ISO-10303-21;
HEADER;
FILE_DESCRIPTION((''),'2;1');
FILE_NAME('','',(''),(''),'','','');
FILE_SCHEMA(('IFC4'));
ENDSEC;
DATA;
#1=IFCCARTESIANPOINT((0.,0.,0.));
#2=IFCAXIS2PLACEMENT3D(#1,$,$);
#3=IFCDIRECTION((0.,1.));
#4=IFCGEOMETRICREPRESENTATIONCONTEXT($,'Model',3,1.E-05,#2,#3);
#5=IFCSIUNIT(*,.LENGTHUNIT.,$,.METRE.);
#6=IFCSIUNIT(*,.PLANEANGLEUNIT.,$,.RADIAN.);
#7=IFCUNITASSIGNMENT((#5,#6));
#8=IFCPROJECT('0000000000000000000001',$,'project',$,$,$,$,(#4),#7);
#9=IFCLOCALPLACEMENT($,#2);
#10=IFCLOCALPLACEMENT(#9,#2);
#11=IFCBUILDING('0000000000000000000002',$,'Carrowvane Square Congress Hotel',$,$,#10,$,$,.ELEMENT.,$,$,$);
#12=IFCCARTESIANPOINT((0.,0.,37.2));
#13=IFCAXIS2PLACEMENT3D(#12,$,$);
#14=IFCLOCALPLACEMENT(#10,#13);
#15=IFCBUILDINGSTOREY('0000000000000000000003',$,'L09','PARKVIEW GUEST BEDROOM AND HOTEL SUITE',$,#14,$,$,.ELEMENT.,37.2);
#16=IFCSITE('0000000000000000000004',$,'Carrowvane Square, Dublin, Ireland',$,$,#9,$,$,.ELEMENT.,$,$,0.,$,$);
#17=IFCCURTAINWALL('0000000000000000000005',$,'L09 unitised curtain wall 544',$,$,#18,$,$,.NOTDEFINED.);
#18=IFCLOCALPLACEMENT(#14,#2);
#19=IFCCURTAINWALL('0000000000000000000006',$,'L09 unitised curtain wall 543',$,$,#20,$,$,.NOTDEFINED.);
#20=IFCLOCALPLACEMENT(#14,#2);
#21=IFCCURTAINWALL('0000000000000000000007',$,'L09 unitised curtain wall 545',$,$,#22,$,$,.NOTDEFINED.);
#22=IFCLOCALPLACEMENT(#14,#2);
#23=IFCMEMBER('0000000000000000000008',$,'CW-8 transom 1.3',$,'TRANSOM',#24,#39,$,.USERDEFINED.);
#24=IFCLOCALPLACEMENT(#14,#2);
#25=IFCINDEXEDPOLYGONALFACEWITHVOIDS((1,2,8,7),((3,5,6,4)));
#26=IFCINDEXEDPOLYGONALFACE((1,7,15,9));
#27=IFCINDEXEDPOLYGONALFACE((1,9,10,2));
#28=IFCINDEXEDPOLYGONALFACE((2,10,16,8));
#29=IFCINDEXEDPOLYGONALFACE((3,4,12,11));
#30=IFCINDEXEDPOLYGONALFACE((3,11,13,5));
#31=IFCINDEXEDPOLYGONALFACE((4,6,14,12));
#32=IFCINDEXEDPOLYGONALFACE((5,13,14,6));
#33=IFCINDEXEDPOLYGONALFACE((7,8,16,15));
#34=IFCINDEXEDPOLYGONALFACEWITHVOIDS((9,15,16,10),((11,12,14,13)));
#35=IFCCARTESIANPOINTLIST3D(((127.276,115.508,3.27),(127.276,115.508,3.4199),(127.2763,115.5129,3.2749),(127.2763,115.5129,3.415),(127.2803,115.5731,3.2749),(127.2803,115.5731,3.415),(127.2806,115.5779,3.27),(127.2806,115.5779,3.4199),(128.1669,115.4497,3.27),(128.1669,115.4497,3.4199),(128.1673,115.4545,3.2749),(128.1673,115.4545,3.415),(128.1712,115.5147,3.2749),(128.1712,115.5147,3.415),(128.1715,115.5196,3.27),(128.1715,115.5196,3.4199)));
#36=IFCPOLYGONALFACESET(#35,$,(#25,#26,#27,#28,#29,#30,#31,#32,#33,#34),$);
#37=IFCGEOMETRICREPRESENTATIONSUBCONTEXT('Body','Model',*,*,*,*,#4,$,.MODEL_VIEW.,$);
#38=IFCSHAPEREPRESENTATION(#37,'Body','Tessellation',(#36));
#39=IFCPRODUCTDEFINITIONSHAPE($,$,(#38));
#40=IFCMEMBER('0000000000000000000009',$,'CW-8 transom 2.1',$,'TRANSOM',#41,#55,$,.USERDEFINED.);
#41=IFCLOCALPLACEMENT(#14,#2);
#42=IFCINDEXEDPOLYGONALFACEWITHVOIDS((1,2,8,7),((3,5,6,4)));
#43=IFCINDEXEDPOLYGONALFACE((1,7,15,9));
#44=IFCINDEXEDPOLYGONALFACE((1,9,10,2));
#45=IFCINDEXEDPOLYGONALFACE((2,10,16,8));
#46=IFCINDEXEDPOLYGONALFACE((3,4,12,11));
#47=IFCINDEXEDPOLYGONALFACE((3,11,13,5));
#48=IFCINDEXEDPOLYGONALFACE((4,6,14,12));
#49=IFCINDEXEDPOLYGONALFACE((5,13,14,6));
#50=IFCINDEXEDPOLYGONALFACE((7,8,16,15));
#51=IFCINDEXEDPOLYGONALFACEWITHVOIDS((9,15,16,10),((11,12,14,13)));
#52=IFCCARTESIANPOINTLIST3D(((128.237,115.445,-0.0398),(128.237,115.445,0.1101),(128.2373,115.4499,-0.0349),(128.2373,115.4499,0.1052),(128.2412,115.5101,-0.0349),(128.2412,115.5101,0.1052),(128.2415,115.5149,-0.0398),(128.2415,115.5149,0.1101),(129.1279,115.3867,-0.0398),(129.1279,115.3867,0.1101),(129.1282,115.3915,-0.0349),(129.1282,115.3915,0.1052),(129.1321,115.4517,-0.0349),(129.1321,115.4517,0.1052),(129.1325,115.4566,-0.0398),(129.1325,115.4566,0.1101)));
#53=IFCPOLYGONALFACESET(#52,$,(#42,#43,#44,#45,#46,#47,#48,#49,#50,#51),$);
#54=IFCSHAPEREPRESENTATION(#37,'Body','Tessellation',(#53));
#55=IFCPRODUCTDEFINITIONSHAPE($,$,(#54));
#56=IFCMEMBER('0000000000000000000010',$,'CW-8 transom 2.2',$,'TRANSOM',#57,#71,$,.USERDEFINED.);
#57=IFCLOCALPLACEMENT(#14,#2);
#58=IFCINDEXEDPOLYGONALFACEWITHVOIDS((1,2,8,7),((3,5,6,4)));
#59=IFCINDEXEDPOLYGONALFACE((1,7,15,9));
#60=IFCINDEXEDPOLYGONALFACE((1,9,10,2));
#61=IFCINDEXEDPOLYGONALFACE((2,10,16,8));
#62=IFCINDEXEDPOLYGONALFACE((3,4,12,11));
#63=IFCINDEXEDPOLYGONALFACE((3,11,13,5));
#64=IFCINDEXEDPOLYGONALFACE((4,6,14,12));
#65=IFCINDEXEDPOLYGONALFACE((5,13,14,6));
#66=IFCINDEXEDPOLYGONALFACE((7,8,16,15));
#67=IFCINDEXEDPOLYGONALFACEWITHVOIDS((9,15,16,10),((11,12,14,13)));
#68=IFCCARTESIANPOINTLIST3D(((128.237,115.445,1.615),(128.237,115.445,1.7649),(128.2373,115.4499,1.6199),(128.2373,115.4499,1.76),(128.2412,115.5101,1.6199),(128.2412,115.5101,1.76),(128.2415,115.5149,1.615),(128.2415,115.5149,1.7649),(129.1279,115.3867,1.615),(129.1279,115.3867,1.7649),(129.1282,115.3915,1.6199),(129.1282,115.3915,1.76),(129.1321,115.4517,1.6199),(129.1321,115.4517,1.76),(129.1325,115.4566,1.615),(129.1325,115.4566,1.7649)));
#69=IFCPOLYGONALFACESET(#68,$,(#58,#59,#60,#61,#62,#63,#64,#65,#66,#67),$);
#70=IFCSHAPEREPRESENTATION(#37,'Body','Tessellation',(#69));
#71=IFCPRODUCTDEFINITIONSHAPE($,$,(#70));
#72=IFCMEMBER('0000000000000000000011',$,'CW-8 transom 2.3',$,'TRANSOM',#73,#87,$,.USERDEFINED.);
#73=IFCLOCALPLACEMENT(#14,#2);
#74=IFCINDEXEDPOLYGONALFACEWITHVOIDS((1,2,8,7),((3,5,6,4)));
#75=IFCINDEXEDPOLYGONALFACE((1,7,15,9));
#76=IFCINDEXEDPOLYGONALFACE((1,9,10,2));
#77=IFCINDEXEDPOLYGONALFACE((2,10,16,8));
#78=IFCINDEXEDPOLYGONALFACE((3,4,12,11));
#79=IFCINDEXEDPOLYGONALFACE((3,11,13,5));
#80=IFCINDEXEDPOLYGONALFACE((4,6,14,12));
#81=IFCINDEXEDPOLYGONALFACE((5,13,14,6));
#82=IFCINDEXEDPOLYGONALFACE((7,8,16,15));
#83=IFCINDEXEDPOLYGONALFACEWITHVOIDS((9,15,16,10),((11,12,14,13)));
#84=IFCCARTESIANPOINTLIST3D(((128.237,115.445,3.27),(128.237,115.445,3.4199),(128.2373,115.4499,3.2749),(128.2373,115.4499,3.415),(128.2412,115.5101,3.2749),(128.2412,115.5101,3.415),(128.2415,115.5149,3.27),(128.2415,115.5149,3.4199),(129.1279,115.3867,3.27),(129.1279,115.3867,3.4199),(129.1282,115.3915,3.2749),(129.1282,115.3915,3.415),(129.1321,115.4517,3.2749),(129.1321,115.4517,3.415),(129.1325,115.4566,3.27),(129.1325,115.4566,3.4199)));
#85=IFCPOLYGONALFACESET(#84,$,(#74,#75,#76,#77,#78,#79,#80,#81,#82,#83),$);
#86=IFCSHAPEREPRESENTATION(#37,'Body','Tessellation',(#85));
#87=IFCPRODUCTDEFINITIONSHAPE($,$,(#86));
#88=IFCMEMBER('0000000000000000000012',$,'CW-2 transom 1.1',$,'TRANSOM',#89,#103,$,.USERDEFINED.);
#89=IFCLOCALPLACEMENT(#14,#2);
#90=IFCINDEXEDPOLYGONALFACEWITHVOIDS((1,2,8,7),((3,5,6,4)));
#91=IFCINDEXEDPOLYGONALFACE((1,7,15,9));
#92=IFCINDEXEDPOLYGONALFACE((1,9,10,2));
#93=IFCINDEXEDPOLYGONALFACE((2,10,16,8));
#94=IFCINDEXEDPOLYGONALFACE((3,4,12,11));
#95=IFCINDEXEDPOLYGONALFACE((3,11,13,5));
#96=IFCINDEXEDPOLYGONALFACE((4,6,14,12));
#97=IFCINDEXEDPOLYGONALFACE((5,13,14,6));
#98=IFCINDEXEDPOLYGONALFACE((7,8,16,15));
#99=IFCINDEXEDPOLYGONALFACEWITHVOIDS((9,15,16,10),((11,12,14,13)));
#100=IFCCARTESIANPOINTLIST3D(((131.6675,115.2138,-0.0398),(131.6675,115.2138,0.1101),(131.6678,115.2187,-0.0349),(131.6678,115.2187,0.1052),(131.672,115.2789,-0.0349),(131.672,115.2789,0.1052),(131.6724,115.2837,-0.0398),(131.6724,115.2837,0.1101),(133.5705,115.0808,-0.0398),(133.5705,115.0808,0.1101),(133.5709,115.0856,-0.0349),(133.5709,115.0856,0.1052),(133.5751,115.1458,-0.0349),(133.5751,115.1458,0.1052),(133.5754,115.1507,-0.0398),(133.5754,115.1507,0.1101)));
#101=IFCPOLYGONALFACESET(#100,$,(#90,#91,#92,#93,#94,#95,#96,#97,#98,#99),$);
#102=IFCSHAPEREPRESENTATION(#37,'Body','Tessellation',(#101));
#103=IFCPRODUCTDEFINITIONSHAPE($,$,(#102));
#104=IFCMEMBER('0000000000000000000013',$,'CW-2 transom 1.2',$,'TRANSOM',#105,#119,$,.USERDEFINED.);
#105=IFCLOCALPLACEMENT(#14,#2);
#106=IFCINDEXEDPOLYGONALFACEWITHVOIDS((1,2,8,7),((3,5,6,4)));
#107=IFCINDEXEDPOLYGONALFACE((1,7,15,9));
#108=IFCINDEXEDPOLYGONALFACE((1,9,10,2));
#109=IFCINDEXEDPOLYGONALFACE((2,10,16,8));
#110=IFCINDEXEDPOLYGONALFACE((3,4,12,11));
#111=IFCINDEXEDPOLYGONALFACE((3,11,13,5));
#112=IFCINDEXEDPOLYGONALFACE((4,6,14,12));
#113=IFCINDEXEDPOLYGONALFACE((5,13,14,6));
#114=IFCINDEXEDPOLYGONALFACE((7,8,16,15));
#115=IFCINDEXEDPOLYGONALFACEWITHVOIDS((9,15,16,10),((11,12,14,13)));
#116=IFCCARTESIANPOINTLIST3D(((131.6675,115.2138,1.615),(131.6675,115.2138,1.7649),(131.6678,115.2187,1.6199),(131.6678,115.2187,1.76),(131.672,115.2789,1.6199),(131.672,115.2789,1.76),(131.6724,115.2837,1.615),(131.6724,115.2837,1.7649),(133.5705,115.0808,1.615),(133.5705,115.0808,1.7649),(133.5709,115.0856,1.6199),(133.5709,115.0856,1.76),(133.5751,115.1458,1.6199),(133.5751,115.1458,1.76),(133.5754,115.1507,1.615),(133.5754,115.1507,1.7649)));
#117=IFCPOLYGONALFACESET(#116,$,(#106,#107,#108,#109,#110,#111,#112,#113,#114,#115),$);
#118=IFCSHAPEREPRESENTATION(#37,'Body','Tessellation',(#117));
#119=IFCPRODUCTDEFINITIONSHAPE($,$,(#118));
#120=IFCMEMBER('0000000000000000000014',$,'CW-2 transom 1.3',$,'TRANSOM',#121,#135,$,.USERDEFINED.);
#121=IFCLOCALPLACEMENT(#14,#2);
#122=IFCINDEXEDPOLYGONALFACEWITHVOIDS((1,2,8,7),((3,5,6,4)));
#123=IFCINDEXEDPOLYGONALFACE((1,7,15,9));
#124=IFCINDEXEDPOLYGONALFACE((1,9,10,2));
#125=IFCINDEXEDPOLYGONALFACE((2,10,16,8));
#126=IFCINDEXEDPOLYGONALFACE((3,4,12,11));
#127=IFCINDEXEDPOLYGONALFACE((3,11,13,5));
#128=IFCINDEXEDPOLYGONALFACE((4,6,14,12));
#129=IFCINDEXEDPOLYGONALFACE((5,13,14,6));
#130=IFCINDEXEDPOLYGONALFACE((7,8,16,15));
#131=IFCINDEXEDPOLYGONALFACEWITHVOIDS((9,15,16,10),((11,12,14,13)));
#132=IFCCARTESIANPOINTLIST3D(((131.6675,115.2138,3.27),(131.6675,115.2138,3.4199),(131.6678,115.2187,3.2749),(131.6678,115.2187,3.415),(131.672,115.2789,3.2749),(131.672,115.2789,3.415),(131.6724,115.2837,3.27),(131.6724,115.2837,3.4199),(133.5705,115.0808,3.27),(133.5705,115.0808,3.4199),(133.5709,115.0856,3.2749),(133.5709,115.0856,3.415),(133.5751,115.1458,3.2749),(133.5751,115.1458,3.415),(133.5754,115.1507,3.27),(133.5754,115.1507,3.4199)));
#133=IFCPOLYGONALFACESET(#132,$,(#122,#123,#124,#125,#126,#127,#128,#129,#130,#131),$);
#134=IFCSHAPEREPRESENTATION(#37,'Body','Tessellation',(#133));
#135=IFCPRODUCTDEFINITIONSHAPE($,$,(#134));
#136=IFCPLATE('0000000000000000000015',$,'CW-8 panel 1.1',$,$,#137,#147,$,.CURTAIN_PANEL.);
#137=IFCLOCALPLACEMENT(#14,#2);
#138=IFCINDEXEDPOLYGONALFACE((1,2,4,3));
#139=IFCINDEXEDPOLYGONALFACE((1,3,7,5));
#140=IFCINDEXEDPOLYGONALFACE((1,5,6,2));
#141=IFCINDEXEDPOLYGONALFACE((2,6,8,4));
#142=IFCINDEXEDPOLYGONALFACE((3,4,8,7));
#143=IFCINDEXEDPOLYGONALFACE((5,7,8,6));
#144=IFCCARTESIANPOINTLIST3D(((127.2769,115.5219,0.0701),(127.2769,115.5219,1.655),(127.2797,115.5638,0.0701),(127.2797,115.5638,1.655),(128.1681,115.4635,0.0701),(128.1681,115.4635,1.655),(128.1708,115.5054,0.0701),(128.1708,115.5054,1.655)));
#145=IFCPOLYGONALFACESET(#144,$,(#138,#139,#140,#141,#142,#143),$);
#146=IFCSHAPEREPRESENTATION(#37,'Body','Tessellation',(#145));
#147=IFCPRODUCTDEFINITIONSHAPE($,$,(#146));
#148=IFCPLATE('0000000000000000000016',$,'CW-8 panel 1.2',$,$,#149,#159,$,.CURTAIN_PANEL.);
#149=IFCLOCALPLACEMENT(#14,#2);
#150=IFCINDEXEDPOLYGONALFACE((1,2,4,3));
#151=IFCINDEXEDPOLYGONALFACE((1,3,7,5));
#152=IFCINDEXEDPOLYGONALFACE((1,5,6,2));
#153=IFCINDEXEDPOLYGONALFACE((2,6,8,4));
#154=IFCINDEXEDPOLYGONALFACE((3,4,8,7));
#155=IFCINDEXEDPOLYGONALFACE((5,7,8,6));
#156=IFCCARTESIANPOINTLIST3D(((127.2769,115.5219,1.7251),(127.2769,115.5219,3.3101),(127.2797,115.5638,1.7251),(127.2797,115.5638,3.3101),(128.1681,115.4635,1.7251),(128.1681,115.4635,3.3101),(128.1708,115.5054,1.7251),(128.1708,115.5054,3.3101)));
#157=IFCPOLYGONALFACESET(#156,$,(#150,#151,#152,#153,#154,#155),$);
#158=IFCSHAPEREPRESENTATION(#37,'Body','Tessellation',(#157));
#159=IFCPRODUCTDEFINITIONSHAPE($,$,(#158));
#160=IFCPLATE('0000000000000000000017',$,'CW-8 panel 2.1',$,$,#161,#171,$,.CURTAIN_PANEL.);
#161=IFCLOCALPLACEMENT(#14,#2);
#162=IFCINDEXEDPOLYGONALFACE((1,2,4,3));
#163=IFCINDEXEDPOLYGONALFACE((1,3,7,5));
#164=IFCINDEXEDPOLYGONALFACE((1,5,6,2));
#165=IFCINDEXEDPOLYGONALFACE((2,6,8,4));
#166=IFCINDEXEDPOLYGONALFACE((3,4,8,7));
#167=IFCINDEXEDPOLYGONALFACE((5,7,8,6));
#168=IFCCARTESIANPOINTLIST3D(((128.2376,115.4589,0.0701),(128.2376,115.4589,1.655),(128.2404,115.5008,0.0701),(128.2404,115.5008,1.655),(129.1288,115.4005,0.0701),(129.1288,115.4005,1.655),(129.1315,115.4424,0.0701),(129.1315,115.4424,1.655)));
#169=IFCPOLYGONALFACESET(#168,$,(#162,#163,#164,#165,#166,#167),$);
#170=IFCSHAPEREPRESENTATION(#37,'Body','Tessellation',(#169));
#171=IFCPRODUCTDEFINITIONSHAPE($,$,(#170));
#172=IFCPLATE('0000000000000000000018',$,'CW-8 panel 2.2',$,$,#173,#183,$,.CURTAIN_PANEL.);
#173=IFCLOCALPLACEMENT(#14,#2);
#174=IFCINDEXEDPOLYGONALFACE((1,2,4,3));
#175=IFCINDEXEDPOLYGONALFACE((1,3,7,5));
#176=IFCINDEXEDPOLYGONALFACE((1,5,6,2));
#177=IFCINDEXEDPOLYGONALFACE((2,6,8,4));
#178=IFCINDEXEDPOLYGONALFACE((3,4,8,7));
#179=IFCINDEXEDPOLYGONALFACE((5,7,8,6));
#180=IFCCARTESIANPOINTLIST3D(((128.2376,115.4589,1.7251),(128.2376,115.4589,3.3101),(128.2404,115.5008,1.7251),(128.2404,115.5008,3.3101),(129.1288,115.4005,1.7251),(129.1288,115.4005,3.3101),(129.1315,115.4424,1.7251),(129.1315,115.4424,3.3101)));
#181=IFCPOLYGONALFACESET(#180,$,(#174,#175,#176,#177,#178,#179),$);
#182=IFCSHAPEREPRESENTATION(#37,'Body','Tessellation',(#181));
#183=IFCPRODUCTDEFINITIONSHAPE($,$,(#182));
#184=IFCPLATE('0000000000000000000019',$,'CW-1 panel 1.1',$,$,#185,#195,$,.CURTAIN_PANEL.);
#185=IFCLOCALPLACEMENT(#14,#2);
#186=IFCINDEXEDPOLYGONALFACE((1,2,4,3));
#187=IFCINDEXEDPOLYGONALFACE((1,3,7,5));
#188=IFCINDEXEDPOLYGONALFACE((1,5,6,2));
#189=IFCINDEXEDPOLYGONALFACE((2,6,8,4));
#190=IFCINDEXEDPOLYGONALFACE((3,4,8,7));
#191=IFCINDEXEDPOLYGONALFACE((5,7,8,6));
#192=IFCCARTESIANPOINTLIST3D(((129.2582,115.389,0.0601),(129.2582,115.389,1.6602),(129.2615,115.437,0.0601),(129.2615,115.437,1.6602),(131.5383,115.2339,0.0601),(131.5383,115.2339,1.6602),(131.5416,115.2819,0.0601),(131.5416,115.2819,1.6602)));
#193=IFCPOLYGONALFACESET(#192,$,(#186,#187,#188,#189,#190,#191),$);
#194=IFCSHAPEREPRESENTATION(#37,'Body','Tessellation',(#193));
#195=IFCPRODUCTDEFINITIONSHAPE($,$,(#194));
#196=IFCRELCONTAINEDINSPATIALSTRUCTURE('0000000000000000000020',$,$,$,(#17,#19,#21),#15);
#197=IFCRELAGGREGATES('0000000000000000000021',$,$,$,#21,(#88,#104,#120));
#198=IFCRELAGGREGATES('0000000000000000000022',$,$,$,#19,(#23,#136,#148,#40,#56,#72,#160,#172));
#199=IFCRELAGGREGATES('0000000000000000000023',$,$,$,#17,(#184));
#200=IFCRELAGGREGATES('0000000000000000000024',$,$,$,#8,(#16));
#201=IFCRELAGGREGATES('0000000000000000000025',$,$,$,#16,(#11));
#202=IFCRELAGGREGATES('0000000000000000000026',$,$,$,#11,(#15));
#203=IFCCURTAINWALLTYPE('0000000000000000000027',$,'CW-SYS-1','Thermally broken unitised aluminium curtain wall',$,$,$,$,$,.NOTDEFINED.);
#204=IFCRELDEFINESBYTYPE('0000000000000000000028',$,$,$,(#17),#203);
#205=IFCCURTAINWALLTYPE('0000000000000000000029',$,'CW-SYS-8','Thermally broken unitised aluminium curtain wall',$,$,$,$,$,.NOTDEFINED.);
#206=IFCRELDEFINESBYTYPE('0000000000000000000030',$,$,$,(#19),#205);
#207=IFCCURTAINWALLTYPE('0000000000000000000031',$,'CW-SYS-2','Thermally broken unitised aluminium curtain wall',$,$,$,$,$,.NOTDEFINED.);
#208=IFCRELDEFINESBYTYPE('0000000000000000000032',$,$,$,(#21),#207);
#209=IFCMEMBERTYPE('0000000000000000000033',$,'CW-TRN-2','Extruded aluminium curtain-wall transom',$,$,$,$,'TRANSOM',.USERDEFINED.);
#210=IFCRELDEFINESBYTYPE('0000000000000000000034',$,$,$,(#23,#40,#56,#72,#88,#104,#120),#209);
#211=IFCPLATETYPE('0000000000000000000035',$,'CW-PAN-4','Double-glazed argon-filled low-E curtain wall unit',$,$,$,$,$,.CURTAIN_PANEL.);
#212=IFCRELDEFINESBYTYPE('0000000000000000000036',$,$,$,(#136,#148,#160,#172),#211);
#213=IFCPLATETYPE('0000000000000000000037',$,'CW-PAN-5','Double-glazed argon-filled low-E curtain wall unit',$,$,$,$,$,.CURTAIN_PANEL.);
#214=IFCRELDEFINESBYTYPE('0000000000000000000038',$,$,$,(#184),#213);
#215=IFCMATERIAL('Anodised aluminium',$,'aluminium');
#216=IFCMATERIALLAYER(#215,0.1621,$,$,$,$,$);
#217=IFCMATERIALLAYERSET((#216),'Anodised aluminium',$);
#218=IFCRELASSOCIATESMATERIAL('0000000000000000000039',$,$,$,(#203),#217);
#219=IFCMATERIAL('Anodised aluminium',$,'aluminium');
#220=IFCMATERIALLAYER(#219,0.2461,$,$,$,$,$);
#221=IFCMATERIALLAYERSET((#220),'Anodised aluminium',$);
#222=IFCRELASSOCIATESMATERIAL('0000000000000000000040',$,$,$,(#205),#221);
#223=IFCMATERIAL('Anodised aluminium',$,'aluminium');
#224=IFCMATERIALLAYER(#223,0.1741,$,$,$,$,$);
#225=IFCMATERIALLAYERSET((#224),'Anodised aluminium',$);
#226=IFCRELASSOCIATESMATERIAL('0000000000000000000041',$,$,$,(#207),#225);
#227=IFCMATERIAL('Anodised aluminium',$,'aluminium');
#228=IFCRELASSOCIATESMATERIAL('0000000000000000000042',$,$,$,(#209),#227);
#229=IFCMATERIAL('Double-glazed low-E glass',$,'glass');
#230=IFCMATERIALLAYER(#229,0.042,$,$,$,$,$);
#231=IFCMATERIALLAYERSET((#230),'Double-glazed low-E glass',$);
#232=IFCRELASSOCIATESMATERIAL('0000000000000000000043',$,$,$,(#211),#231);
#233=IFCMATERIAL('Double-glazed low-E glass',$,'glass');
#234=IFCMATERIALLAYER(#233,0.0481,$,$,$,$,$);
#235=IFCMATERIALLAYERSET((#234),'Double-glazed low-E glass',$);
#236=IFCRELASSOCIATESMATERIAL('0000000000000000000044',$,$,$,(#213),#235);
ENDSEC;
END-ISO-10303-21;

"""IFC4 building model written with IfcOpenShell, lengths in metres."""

from ifc_helpers import new_model, si_unit, direction, frame, origin, origin_2d, place, context, subcontext, project, spatial, rectangle, hollow_rectangle, extrude, material, layer, layer_set, material_profile, profile_set, type_object, element, aggregate, save


model = new_model("IFC4")

# Units and contexts
model_context = context("Model", 3, precision=1e-05, world=origin(), true_north=direction((0.0, 1.0)))
body_context = subcontext(model_context, "Body", "Model", "MODEL_VIEW")
ifc_project = project(units=[si_unit("LENGTHUNIT", "METRE"), si_unit("PLANEANGLEUNIT", "RADIAN")], contexts=[model_context])

# Site, building, storey
site_placement = place(None, origin())
site = spatial("IfcSite", under=ifc_project, at=site_placement, Name="Carrowvane Square, Dublin, Ireland", CompositionType="ELEMENT", RefElevation=0.0)
building_placement = place(site_placement, origin())
building = spatial("IfcBuilding", under=site, at=building_placement, Name="Carrowvane Square Congress Hotel", CompositionType="ELEMENT")
storey_placement = place(building_placement, frame((0.0, 0.0, 37.2)))
storey = spatial("IfcBuildingStorey", under=building, at=storey_placement, Name="L09", Description="PARKVIEW GUEST BEDROOM AND HOTEL SUITE", CompositionType="ELEMENT", Elevation=37.2)

# Curtain walls
ifc_material_1 = material(Name="Anodised aluminium", Category="aluminium")
ifc_layer_1 = layer(ifc_material_1, 0.1621)
ifc_layer_set_1 = layer_set([ifc_layer_1], Name="Anodised aluminium")
curtain_wall_type_1 = type_object("IfcCurtainWallType", Name="CW-SYS-1", Description="Thermally broken unitised aluminium curtain wall", PredefinedType="NOTDEFINED", material=ifc_layer_set_1)
curtain_wall_1_placement = place(storey_placement, origin())
curtain_wall_1 = element("IfcCurtainWall", 1, at=curtain_wall_1_placement, inside=storey, type_object=curtain_wall_type_1, Name="L09 unitised curtain wall 544", PredefinedType="NOTDEFINED")
ifc_material_2 = material(Name="Anodised aluminium", Category="aluminium")
ifc_layer_2 = layer(ifc_material_2, 0.2461)
ifc_layer_set_2 = layer_set([ifc_layer_2], Name="Anodised aluminium")
curtain_wall_type_2 = type_object("IfcCurtainWallType", Name="CW-SYS-8", Description="Thermally broken unitised aluminium curtain wall", PredefinedType="NOTDEFINED", material=ifc_layer_set_2)
curtain_wall_2_placement = place(storey_placement, origin())
curtain_wall_2 = element("IfcCurtainWall", 2, at=curtain_wall_2_placement, inside=storey, type_object=curtain_wall_type_2, Name="L09 unitised curtain wall 543", PredefinedType="NOTDEFINED")

# Curtain wall
ifc_material_3 = material(Name="Anodised aluminium", Category="aluminium")
ifc_layer_3 = layer(ifc_material_3, 0.1741)
ifc_layer_set_3 = layer_set([ifc_layer_3], Name="Anodised aluminium")
curtain_wall_type_3 = type_object("IfcCurtainWallType", Name="CW-SYS-2", Description="Thermally broken unitised aluminium curtain wall", PredefinedType="NOTDEFINED", material=ifc_layer_set_3)
curtain_wall_3_placement = place(storey_placement, origin())
curtain_wall_3 = element("IfcCurtainWall", 3, at=curtain_wall_3_placement, inside=storey, type_object=curtain_wall_type_3, Name="L09 unitised curtain wall 545", PredefinedType="NOTDEFINED")

# Members
ifc_material_4 = material(Name="Anodised aluminium", Category="aluminium")
ifc_material_profile_1 = material_profile(ifc_material_4, hollow_rectangle(XDim=0.0701, YDim=0.1499, WallThickness=0.0049, at=origin_2d()), Name="CW-TR 70x150x5")
ifc_profile_set_1 = profile_set([ifc_material_profile_1], Name="Anodised aluminium")
member_type_1 = type_object("IfcMemberType", Name="CW-TRN-2", Description="Extruded aluminium curtain-wall transom", ElementType="TRANSOM", PredefinedType="USERDEFINED", material=ifc_profile_set_1)
member_1_placement = place(storey_placement, frame((127.2783, 115.543, 3.345), z_axis=(0.997862, -0.065357, 0.0), x_axis=(0.065357, 0.997862, 0.0)))
member_1 = element("IfcMember", 4, at=member_1_placement, type_object=member_type_1, Name="CW-8 transom 1.3", ObjectType="TRANSOM", PredefinedType="USERDEFINED", context=body_context, shape_type="SweptSolid", body=[
    extrude(hollow_rectangle(XDim=0.0701, YDim=0.1499, WallThickness=0.0049, at=origin_2d()), origin(), (0.0, 0.0, 1.0), 0.8928),
])
member_2_placement = place(storey_placement, frame((128.2393, 115.48, 0.0352), z_axis=(0.997862, -0.065357, 0.0), x_axis=(0.065357, 0.997862, 0.0)))
member_2 = element("IfcMember", 5, at=member_2_placement, type_object=member_type_1, Name="CW-8 transom 2.1", ObjectType="TRANSOM", PredefinedType="USERDEFINED", context=body_context, shape_type="SweptSolid", body=[
    extrude(hollow_rectangle(XDim=0.0701, YDim=0.1499, WallThickness=0.0049, at=origin_2d()), origin(), (0.0, 0.0, 1.0), 0.8928),
])
member_3_placement = place(storey_placement, frame((128.2393, 115.48, 1.6899), z_axis=(0.997862, -0.065357, 0.0), x_axis=(0.065357, 0.997862, 0.0)))
member_3 = element("IfcMember", 6, at=member_3_placement, type_object=member_type_1, Name="CW-8 transom 2.2", ObjectType="TRANSOM", PredefinedType="USERDEFINED", context=body_context, shape_type="SweptSolid", body=[
    extrude(hollow_rectangle(XDim=0.0701, YDim=0.1499, WallThickness=0.0049, at=origin_2d()), origin(), (0.0, 0.0, 1.0), 0.8928),
])
member_4_placement = place(storey_placement, frame((128.2393, 115.48, 3.345), z_axis=(0.997862, -0.065357, 0.0), x_axis=(0.065357, 0.997862, 0.0)))
member_4 = element("IfcMember", 7, at=member_4_placement, type_object=member_type_1, Name="CW-8 transom 2.3", ObjectType="TRANSOM", PredefinedType="USERDEFINED", context=body_context, shape_type="SweptSolid", body=[
    extrude(hollow_rectangle(XDim=0.0701, YDim=0.1499, WallThickness=0.0049, at=origin_2d()), origin(), (0.0, 0.0, 1.0), 0.8928),
])
member_5_placement = place(storey_placement, frame((131.6699, 115.2488, 0.0352), z_axis=(0.997565, -0.069746, 0.0), x_axis=(0.069746, 0.997565, 0.0)))
member_5 = element("IfcMember", 8, at=member_5_placement, type_object=member_type_1, Name="CW-2 transom 1.1", ObjectType="TRANSOM", PredefinedType="USERDEFINED", context=body_context, shape_type="SweptSolid", body=[
    extrude(hollow_rectangle(XDim=0.0701, YDim=0.1499, WallThickness=0.0049, at=origin_2d()), origin(), (0.0, 0.0, 1.0), 1.9077),
])
member_6_placement = place(storey_placement, frame((131.6699, 115.2488, 1.6899), z_axis=(0.997565, -0.069746, 0.0), x_axis=(0.069746, 0.997565, 0.0)))
member_6 = element("IfcMember", 9, at=member_6_placement, type_object=member_type_1, Name="CW-2 transom 1.2", ObjectType="TRANSOM", PredefinedType="USERDEFINED", context=body_context, shape_type="SweptSolid", body=[
    extrude(hollow_rectangle(XDim=0.0701, YDim=0.1499, WallThickness=0.0049, at=origin_2d()), origin(), (0.0, 0.0, 1.0), 1.9077),
])
member_7_placement = place(storey_placement, frame((131.6699, 115.2488, 3.345), z_axis=(0.997565, -0.069746, 0.0), x_axis=(0.069746, 0.997565, 0.0)))
member_7 = element("IfcMember", 10, at=member_7_placement, type_object=member_type_1, Name="CW-2 transom 1.3", ObjectType="TRANSOM", PredefinedType="USERDEFINED", context=body_context, shape_type="SweptSolid", body=[
    extrude(hollow_rectangle(XDim=0.0701, YDim=0.1499, WallThickness=0.0049, at=origin_2d()), origin(), (0.0, 0.0, 1.0), 1.9077),
])
aggregate(curtain_wall_3, [member_5, member_6, member_7])

# Plates
ifc_material_5 = material(Name="Double-glazed low-E glass", Category="glass")
ifc_layer_4 = layer(ifc_material_5, 0.042)
ifc_layer_set_4 = layer_set([ifc_layer_4], Name="Double-glazed low-E glass")
plate_type_1 = type_object("IfcPlateType", Name="CW-PAN-4", Description="Double-glazed argon-filled low-E curtain wall unit", PredefinedType="CURTAIN_PANEL", material=ifc_layer_set_4)
plate_1_placement = place(storey_placement, frame((127.7239, 115.5137, 0.0701), z_axis=(0.0, 0.0, 1.0), x_axis=(0.997858, -0.065414, 0.0)))
plate_1 = element("IfcPlate", 11, at=plate_1_placement, type_object=plate_type_1, Name="CW-8 panel 1.1", PredefinedType="CURTAIN_PANEL", context=body_context, shape_type="SweptSolid", body=[
    extrude(rectangle(XDim=0.8931, YDim=0.042, at=origin_2d()), origin(), (0.0, 0.0, 1.0), 1.585),
])
plate_2_placement = place(storey_placement, frame((127.7239, 115.5137, 1.7251), z_axis=(0.0, 0.0, 1.0), x_axis=(0.997858, -0.065414, 0.0)))
plate_2 = element("IfcPlate", 12, at=plate_2_placement, type_object=plate_type_1, Name="CW-8 panel 1.2", PredefinedType="CURTAIN_PANEL", context=body_context, shape_type="SweptSolid", body=[
    extrude(rectangle(XDim=0.8931, YDim=0.042, at=origin_2d()), origin(), (0.0, 0.0, 1.0), 1.585),
])
plate_3_placement = place(storey_placement, frame((128.6846, 115.4507, 0.0701), z_axis=(0.0, 0.0, 1.0), x_axis=(0.997858, -0.065414, 0.0)))
plate_3 = element("IfcPlate", 13, at=plate_3_placement, type_object=plate_type_1, Name="CW-8 panel 2.1", PredefinedType="CURTAIN_PANEL", context=body_context, shape_type="SweptSolid", body=[
    extrude(rectangle(XDim=0.8931, YDim=0.042, at=origin_2d()), origin(), (0.0, 0.0, 1.0), 1.585),
])
plate_4_placement = place(storey_placement, frame((128.6846, 115.4507, 1.7251), z_axis=(0.0, 0.0, 1.0), x_axis=(0.997858, -0.065414, 0.0)))
plate_4 = element("IfcPlate", 14, at=plate_4_placement, type_object=plate_type_1, Name="CW-8 panel 2.2", PredefinedType="CURTAIN_PANEL", context=body_context, shape_type="SweptSolid", body=[
    extrude(rectangle(XDim=0.8931, YDim=0.042, at=origin_2d()), origin(), (0.0, 0.0, 1.0), 1.585),
])
aggregate(curtain_wall_2, [member_1, plate_1, plate_2, member_2, member_3, member_4, plate_3, plate_4])
ifc_material_6 = material(Name="Double-glazed low-E glass", Category="glass")
ifc_layer_5 = layer(ifc_material_6, 0.0481)
ifc_layer_set_5 = layer_set([ifc_layer_5], Name="Double-glazed low-E glass")
plate_type_2 = type_object("IfcPlateType", Name="CW-PAN-5", Description="Double-glazed argon-filled low-E curtain wall unit", PredefinedType="CURTAIN_PANEL", material=ifc_layer_set_5)
plate_5_placement = place(storey_placement, frame((130.3999, 115.3354, 0.0601), z_axis=(0.0, 0.0, 1.0), x_axis=(0.997694, -0.06787, 0.0)))
plate_5 = element("IfcPlate", 15, at=plate_5_placement, type_object=plate_type_2, Name="CW-1 panel 1.1", PredefinedType="CURTAIN_PANEL", context=body_context, shape_type="SweptSolid", body=[
    extrude(rectangle(XDim=2.2854, YDim=0.0481, at=origin_2d()), origin(), (0.0, 0.0, 1.0), 1.6001),
])
aggregate(curtain_wall_1, [plate_5])

save(model, "model.ifc")
